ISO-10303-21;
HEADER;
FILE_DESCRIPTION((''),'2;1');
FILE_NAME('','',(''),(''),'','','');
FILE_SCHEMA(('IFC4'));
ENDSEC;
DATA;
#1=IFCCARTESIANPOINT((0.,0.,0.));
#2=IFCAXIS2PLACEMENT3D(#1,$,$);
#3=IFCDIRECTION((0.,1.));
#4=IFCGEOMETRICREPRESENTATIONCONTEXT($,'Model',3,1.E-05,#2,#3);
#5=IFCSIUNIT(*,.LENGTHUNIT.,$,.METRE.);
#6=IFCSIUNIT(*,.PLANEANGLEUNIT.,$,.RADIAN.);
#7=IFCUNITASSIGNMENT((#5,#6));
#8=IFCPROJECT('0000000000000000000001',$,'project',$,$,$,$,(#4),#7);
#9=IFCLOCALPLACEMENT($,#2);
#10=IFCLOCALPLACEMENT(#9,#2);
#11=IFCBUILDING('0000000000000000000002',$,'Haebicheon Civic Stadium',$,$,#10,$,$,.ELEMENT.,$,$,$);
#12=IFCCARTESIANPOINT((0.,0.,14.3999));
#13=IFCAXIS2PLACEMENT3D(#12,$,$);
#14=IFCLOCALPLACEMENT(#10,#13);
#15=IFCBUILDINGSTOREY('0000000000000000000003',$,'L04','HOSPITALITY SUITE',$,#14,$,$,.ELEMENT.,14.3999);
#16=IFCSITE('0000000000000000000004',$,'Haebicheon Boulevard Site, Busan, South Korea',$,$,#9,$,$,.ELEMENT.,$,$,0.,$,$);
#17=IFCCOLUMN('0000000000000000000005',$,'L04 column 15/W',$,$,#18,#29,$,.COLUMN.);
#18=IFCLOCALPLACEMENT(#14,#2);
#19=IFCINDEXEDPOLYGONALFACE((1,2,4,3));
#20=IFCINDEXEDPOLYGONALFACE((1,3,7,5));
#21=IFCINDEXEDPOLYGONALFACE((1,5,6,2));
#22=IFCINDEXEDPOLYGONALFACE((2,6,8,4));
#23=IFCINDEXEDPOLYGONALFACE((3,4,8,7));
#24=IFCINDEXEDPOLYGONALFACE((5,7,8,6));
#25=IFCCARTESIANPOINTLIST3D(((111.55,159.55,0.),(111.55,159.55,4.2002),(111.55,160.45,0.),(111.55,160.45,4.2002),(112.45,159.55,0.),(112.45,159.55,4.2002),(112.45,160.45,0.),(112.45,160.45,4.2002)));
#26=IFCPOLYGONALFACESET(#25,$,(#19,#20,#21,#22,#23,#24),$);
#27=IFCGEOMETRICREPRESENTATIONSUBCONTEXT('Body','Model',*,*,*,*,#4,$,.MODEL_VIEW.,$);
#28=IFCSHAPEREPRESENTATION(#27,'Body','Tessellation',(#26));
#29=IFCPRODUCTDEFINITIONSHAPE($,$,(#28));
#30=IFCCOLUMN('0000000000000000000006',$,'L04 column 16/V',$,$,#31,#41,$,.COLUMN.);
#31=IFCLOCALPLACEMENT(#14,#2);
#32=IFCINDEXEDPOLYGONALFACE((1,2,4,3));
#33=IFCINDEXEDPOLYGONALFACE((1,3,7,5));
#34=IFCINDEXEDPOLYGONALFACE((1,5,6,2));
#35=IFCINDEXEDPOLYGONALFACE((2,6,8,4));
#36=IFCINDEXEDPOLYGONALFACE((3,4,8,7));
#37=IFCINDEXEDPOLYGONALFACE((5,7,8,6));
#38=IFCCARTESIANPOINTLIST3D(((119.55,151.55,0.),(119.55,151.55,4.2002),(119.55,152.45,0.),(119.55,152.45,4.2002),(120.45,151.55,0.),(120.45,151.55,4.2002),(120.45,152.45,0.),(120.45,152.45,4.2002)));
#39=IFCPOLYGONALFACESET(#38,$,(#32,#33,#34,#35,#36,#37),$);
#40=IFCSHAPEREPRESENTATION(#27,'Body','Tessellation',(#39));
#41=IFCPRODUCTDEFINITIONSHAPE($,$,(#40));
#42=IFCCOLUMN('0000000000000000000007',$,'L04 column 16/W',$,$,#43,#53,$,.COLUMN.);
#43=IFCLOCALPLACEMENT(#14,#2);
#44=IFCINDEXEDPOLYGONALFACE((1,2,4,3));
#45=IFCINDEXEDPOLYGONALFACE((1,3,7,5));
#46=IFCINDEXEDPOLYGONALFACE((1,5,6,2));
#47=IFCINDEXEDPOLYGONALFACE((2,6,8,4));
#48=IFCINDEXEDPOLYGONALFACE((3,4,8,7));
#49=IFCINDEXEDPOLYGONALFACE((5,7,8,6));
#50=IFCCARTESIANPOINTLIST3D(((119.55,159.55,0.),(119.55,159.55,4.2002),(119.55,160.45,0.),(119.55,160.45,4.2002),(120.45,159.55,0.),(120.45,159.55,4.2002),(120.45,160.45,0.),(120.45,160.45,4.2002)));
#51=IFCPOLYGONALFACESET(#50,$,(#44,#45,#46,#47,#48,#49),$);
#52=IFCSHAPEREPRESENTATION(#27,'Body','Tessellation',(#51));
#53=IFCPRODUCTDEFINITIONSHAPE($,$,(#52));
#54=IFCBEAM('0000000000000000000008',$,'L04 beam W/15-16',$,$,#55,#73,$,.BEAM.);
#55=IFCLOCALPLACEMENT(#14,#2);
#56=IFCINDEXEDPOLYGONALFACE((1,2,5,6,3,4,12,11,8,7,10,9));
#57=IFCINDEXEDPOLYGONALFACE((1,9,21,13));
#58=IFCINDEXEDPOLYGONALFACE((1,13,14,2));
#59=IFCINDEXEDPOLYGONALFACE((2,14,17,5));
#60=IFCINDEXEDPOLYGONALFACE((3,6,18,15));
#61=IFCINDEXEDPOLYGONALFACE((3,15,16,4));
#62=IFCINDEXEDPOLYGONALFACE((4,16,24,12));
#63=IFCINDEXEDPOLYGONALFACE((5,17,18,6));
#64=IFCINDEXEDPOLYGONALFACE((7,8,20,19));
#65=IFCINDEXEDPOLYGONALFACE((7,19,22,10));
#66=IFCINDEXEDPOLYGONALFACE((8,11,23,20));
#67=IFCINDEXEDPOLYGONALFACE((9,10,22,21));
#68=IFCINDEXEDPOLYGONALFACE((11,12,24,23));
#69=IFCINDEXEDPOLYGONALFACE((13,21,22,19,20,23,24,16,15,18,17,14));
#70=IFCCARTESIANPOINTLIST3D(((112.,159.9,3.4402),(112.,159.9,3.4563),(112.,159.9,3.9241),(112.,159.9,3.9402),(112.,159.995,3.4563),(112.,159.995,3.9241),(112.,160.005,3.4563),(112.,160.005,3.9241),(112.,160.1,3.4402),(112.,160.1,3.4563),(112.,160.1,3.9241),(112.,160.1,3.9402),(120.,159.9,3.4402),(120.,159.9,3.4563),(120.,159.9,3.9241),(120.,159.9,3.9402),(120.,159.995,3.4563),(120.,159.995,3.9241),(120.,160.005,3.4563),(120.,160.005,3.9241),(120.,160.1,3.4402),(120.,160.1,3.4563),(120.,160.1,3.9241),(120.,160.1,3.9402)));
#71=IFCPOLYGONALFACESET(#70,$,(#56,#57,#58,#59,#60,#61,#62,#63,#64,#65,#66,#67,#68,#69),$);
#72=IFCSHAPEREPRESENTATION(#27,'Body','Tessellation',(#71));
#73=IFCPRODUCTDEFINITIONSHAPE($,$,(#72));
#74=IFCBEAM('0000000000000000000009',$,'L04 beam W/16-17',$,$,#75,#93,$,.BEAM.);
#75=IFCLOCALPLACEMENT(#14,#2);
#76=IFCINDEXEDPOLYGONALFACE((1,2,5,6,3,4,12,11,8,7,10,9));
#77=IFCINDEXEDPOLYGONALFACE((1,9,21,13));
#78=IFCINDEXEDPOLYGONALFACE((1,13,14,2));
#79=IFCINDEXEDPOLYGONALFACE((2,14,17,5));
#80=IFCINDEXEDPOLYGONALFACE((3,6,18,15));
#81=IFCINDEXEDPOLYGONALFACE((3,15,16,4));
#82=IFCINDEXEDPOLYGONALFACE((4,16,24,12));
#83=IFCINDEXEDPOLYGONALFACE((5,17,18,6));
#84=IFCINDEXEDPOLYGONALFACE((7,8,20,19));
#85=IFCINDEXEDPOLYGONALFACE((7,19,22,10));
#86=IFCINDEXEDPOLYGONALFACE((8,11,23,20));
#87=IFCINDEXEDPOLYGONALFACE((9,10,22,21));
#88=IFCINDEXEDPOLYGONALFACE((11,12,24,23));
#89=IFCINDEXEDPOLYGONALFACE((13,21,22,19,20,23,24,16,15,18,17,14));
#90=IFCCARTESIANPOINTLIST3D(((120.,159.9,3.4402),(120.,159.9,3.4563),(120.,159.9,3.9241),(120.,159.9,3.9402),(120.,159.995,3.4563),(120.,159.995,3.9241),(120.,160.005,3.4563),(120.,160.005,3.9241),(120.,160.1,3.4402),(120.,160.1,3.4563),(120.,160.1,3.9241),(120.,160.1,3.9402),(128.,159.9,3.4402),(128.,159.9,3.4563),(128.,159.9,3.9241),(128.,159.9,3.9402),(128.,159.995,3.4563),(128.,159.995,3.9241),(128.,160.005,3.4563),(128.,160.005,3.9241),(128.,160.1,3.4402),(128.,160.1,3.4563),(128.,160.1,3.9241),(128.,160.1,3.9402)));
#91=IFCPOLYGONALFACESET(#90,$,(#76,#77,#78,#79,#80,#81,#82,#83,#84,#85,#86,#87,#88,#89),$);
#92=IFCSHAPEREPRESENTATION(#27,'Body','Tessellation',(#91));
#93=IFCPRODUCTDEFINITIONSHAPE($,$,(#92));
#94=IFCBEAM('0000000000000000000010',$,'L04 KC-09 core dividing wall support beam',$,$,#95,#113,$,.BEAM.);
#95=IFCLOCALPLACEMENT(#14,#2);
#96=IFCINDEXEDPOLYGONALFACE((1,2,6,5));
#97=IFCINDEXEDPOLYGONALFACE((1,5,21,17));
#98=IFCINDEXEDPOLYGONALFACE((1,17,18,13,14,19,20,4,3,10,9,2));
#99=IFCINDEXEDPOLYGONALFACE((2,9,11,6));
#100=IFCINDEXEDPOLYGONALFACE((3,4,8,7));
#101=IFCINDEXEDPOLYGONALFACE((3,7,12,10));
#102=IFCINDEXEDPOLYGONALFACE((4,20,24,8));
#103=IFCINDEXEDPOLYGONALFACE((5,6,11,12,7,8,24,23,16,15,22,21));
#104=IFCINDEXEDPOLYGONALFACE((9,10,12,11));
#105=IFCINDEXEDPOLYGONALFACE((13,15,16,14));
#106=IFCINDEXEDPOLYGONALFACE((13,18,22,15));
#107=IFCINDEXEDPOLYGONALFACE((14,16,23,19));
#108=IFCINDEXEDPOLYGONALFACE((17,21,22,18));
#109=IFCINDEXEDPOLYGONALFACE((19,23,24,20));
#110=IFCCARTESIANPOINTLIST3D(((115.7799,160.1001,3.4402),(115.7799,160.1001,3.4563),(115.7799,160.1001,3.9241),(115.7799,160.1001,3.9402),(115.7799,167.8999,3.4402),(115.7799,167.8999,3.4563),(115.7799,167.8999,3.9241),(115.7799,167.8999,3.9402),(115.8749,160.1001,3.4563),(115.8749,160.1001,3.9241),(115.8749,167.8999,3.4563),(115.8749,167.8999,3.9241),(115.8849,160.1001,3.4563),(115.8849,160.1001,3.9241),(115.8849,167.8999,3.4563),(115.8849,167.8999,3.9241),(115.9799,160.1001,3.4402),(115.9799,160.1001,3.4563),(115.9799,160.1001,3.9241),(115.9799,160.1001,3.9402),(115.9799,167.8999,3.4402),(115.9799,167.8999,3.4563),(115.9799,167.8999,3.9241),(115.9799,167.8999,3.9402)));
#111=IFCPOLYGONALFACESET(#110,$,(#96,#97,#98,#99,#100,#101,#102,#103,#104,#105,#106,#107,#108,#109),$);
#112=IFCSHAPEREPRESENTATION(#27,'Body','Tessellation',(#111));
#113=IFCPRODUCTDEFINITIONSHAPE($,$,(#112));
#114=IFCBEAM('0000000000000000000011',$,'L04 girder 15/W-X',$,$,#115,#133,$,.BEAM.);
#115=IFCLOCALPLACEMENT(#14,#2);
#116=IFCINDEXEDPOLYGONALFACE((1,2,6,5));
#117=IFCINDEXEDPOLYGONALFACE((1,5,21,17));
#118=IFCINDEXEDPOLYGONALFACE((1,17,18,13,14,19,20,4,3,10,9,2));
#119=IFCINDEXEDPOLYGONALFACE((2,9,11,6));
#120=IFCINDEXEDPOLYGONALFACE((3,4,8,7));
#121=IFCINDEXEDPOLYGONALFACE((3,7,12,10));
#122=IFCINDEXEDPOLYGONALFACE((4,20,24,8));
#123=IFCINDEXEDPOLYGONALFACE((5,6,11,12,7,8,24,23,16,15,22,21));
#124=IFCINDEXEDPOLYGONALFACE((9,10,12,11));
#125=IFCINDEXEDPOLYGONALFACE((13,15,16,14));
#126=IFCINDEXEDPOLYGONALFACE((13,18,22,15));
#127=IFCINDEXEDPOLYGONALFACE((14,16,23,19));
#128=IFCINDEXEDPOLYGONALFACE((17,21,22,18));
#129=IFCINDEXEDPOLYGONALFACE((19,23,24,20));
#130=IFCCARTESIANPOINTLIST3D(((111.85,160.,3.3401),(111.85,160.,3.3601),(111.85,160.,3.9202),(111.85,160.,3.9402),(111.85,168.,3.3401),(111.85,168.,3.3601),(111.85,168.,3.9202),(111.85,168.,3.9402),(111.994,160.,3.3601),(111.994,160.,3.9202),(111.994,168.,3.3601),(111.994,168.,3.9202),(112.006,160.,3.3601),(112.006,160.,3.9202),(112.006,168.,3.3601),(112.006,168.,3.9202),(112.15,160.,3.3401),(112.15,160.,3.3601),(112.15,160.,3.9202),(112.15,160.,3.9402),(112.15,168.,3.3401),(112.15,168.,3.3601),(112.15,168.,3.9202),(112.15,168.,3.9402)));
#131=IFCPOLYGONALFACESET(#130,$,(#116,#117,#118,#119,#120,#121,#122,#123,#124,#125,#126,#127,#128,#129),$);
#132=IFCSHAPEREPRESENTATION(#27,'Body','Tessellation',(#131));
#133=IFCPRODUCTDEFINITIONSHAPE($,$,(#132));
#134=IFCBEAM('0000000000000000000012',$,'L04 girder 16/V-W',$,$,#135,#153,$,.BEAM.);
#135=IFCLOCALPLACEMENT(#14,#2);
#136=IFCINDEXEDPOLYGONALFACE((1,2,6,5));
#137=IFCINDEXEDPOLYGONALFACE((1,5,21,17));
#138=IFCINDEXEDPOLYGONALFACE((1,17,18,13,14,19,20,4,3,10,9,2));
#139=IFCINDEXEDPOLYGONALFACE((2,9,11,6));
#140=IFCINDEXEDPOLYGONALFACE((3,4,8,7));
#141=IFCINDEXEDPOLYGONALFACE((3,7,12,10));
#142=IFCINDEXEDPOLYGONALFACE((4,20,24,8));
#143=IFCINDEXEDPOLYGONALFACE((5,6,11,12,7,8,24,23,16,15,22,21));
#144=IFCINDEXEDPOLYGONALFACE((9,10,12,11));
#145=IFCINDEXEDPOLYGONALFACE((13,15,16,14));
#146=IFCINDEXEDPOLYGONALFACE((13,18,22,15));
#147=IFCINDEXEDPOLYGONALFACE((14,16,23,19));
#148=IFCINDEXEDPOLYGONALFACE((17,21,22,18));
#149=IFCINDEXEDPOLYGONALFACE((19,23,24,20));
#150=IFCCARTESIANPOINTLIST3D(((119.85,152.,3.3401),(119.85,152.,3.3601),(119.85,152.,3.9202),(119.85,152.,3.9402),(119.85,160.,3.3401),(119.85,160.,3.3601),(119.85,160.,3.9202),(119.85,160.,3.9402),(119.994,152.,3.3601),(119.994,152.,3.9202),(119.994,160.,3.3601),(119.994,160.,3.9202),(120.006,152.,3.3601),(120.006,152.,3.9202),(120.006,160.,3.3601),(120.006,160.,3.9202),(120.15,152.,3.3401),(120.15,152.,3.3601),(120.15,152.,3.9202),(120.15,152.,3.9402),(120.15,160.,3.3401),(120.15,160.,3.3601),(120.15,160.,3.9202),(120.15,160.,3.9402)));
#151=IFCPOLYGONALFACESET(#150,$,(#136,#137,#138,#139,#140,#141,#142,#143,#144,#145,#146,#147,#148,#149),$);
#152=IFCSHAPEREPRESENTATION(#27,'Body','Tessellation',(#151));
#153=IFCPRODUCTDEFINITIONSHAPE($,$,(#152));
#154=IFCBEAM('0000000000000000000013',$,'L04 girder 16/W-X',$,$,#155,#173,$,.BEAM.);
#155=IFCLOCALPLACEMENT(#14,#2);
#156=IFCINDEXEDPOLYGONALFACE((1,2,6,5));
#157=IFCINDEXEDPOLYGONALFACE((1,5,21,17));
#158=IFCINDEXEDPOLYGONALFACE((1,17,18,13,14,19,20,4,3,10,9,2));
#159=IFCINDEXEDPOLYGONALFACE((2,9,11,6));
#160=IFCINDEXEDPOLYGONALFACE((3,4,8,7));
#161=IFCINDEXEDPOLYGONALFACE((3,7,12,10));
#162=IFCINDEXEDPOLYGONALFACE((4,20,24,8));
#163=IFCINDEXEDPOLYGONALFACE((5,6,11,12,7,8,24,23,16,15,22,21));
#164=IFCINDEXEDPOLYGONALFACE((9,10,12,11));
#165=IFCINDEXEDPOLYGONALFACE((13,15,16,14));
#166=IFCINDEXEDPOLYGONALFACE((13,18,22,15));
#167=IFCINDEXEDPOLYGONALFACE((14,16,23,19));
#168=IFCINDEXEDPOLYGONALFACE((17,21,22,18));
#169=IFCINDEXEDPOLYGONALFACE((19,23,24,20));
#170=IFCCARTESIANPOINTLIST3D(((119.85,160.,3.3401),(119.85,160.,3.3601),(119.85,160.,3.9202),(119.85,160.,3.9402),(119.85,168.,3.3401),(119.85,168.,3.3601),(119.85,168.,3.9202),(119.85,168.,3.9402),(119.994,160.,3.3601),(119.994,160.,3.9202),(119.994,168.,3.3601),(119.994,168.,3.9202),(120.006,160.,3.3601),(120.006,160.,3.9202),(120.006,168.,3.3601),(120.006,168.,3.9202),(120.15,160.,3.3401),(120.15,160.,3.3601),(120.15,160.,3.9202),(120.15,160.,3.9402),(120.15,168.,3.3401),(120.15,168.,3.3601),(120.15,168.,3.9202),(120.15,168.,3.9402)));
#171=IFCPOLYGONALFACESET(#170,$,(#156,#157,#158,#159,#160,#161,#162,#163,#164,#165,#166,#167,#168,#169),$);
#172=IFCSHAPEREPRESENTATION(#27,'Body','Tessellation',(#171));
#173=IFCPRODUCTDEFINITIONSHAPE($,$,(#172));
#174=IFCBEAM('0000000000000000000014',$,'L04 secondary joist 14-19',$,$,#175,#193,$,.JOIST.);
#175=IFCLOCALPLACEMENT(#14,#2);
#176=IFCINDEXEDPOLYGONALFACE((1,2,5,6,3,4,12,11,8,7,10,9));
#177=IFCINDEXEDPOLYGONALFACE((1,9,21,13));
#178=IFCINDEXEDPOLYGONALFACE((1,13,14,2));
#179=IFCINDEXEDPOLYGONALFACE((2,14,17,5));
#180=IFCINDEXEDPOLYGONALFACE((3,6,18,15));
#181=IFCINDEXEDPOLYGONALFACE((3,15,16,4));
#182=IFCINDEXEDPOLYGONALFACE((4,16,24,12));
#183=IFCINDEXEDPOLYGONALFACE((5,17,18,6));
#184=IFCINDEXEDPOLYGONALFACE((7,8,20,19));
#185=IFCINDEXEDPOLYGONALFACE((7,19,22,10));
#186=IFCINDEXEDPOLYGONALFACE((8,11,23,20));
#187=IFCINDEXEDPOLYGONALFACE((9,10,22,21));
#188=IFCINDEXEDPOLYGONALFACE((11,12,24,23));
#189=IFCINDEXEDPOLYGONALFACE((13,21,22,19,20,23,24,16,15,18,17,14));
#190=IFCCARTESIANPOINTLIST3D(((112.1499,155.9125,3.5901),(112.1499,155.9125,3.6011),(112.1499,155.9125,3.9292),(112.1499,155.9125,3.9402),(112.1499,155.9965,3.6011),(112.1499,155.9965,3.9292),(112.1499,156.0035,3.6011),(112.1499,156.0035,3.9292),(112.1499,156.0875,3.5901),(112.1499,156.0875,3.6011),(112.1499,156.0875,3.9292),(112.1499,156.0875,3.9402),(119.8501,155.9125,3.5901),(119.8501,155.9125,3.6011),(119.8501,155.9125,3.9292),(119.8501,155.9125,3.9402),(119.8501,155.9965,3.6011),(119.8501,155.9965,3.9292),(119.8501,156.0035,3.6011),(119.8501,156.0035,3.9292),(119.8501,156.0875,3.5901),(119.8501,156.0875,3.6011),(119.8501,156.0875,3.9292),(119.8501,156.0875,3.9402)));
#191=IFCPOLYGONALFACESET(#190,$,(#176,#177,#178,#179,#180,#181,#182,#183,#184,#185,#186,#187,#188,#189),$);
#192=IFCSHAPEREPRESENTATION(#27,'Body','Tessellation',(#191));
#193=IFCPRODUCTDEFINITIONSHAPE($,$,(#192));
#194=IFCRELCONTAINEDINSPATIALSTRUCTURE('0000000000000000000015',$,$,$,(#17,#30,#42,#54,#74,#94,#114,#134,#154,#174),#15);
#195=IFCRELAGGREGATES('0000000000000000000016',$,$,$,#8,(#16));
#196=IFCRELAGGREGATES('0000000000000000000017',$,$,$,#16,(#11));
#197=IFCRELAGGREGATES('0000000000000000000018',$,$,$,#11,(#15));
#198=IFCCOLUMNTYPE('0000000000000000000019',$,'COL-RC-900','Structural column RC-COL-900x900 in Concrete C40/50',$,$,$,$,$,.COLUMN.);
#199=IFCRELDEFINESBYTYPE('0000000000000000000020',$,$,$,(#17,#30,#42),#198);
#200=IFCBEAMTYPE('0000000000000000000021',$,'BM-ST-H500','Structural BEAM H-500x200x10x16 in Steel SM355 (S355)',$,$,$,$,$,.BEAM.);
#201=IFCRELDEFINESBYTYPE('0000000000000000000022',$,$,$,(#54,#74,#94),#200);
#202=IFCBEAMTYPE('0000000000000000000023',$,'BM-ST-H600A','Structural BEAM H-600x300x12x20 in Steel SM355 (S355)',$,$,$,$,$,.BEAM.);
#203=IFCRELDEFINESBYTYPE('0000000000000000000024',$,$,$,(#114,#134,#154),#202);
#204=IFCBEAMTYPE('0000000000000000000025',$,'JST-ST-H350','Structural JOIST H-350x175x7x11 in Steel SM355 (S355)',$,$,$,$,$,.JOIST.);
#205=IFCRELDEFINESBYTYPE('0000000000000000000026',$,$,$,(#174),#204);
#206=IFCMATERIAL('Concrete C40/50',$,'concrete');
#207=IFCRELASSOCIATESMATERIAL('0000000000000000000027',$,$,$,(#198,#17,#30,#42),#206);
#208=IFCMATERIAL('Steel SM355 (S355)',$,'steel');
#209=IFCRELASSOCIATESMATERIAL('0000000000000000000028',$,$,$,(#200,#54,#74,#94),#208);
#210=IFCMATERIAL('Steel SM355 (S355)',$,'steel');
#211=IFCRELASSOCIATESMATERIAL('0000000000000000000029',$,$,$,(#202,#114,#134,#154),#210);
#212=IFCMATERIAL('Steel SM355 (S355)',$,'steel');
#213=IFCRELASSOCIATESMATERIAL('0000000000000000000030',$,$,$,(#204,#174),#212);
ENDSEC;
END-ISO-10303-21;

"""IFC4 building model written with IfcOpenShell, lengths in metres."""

from ifc_helpers import new_model, si_unit, direction, frame, origin, origin_2d, place, context, subcontext, project, spatial, rectangle, i_section, extrude, material, material_profile, profile_set, type_object, element, save


model = new_model("IFC4")

# Units and contexts
model_context = context("Model", 3, precision=1e-05, world=origin(), true_north=direction((0.0, 1.0)))
body_context = subcontext(model_context, "Body", "Model", "MODEL_VIEW")
ifc_project = project(units=[si_unit("LENGTHUNIT", "METRE"), si_unit("PLANEANGLEUNIT", "RADIAN")], contexts=[model_context])

# Site, building, storey
site_placement = place(None, origin())
site = spatial("IfcSite", under=ifc_project, at=site_placement, Name="Haebicheon Boulevard Site, Busan, South Korea", CompositionType="ELEMENT", RefElevation=0.0)
building_placement = place(site_placement, origin())
building = spatial("IfcBuilding", under=site, at=building_placement, Name="Haebicheon Civic Stadium", CompositionType="ELEMENT")
storey_placement = place(building_placement, frame((0.0, 0.0, 14.3999)))
storey = spatial("IfcBuildingStorey", under=building, at=storey_placement, Name="L04", Description="HOSPITALITY SUITE", CompositionType="ELEMENT", Elevation=14.3999)

# Columns
ifc_material_1 = material(Name="Concrete C40/50", Category="concrete")
ifc_material_profile_1 = material_profile(ifc_material_1, rectangle(XDim=0.8999, YDim=0.8999, at=origin_2d()), Name="RC-COL-900x900")
ifc_profile_set_1 = profile_set([ifc_material_profile_1], Name="Concrete C40/50")
column_type = type_object("IfcColumnType", Name="COL-RC-900", Description="Structural column RC-COL-900x900 in Concrete C40/50", PredefinedType="COLUMN", material=ifc_profile_set_1)
for number, where, z_axis, x_axis, name in (
    (1, (112.0, 160.0, 0.0), (0.0, 0.0, 1.0), (1.0, 0.0, 0.0), "L04 column 15/W"),
    (2, (120.0, 152.0, 0.0), (0.0, 0.0, 1.0), (1.0, 0.0, 0.0), "L04 column 16/V"),
    (3, (120.0, 160.0, 0.0), (0.0, 0.0, 1.0), (1.0, 0.0, 0.0), "L04 column 16/W"),
):
    element("IfcColumn", number, at=place(storey_placement, frame(where, z_axis=z_axis, x_axis=x_axis)), inside=storey, type_object=column_type, material=ifc_profile_set_1, Name=name, PredefinedType="COLUMN", context=body_context, shape_type="SweptSolid", body=[
        extrude(rectangle(XDim=0.8999, YDim=0.8999, at=origin_2d()), origin(), (0.0, 0.0, 1.0), 4.2002),
    ])

# Beams
ifc_material_2 = material(Name="Steel SM355 (S355)", Category="steel")
ifc_material_profile_2 = material_profile(ifc_material_2, i_section(OverallWidth=0.2, OverallDepth=0.5, WebThickness=0.01, FlangeThickness=0.0161, at=origin_2d()), Name="H-500x200x10x16")
ifc_profile_set_2 = profile_set([ifc_material_profile_2], Name="Steel SM355 (S355)")
beam_type_1 = type_object("IfcBeamType", Name="BM-ST-H500", Description="Structural BEAM H-500x200x10x16 in Steel SM355 (S355)", PredefinedType="BEAM", material=ifc_profile_set_2)
for number, where, z_axis, x_axis, name in (
    (4, (112.0, 160.0, 3.6902), (1.0, 0.0, 0.0), (0.0, 1.0, 0.0), "L04 beam W/15-16"),
    (5, (120.0, 160.0, 3.6902), (1.0, 0.0, 0.0), (0.0, 1.0, 0.0), "L04 beam W/16-17"),
):
    element("IfcBeam", number, at=place(storey_placement, frame(where, z_axis=z_axis, x_axis=x_axis)), inside=storey, type_object=beam_type_1, material=ifc_profile_set_2, Name=name, PredefinedType="BEAM", context=body_context, shape_type="SweptSolid", body=[
        extrude(i_section(OverallWidth=0.2, OverallDepth=0.5, WebThickness=0.01, FlangeThickness=0.0161, at=origin_2d()), origin(), (0.0, 0.0, 1.0), 8.0),
    ])
beam_1_placement = place(storey_placement, frame((115.8799, 160.1001, 3.6902), z_axis=(0.0, 1.0, 0.0), x_axis=(-1.0, 0.0, 0.0)))
element("IfcBeam", 6, at=beam_1_placement, inside=storey, type_object=beam_type_1, material=ifc_profile_set_2, Name="L04 KC-09 core dividing wall support beam", PredefinedType="BEAM", context=body_context, shape_type="SweptSolid", body=[
    extrude(i_section(OverallWidth=0.2, OverallDepth=0.5, WebThickness=0.01, FlangeThickness=0.0161, at=origin_2d()), origin(), (0.0, 0.0, 1.0), 7.7998),
])
ifc_material_3 = material(Name="Steel SM355 (S355)", Category="steel")
ifc_material_profile_3 = material_profile(ifc_material_3, i_section(OverallWidth=0.3, OverallDepth=0.6001, WebThickness=0.012, FlangeThickness=0.02, at=origin_2d()), Name="H-600x300x12x20")
ifc_profile_set_3 = profile_set([ifc_material_profile_3], Name="Steel SM355 (S355)")
beam_type_2 = type_object("IfcBeamType", Name="BM-ST-H600A", Description="Structural BEAM H-600x300x12x20 in Steel SM355 (S355)", PredefinedType="BEAM", material=ifc_profile_set_3)
for number, where, z_axis, x_axis, name in (
    (7, (112.0, 160.0, 3.6401), (0.0, 1.0, 0.0), (-1.0, 0.0, 0.0), "L04 girder 15/W-X"),
    (8, (120.0, 152.0, 3.6401), (0.0, 1.0, 0.0), (-1.0, 0.0, 0.0), "L04 girder 16/V-W"),
    (9, (120.0, 160.0, 3.6401), (0.0, 1.0, 0.0), (-1.0, 0.0, 0.0), "L04 girder 16/W-X"),
):
    element("IfcBeam", number, at=place(storey_placement, frame(where, z_axis=z_axis, x_axis=x_axis)), inside=storey, type_object=beam_type_2, material=ifc_profile_set_3, Name=name, PredefinedType="BEAM", context=body_context, shape_type="SweptSolid", body=[
        extrude(i_section(OverallWidth=0.3, OverallDepth=0.6001, WebThickness=0.012, FlangeThickness=0.02, at=origin_2d()), origin(), (0.0, 0.0, 1.0), 8.0),
    ])
ifc_material_4 = material(Name="Steel SM355 (S355)", Category="steel")
ifc_material_profile_4 = material_profile(ifc_material_4, i_section(OverallWidth=0.175, OverallDepth=0.3501, WebThickness=0.0071, FlangeThickness=0.011, at=origin_2d()), Name="H-350x175x7x11")
ifc_profile_set_4 = profile_set([ifc_material_profile_4], Name="Steel SM355 (S355)")
beam_type_3 = type_object("IfcBeamType", Name="JST-ST-H350", Description="Structural JOIST H-350x175x7x11 in Steel SM355 (S355)", PredefinedType="JOIST", material=ifc_profile_set_4)
for number, where, z_axis, x_axis, name in (
    (10, (112.1499, 156.0, 3.7651), (1.0, 0.0, 0.0), (0.0, 1.0, 0.0), "L04 secondary joist 14-19"),
):
    element("IfcBeam", number, at=place(storey_placement, frame(where, z_axis=z_axis, x_axis=x_axis)), inside=storey, type_object=beam_type_3, material=ifc_profile_set_4, Name=name, PredefinedType="JOIST", context=body_context, shape_type="SweptSolid", body=[
        extrude(i_section(OverallWidth=0.175, OverallDepth=0.3501, WebThickness=0.0071, FlangeThickness=0.011, at=origin_2d()), origin(), (0.0, 0.0, 1.0), 7.7002),
    ])

save(model, "model.ifc")
